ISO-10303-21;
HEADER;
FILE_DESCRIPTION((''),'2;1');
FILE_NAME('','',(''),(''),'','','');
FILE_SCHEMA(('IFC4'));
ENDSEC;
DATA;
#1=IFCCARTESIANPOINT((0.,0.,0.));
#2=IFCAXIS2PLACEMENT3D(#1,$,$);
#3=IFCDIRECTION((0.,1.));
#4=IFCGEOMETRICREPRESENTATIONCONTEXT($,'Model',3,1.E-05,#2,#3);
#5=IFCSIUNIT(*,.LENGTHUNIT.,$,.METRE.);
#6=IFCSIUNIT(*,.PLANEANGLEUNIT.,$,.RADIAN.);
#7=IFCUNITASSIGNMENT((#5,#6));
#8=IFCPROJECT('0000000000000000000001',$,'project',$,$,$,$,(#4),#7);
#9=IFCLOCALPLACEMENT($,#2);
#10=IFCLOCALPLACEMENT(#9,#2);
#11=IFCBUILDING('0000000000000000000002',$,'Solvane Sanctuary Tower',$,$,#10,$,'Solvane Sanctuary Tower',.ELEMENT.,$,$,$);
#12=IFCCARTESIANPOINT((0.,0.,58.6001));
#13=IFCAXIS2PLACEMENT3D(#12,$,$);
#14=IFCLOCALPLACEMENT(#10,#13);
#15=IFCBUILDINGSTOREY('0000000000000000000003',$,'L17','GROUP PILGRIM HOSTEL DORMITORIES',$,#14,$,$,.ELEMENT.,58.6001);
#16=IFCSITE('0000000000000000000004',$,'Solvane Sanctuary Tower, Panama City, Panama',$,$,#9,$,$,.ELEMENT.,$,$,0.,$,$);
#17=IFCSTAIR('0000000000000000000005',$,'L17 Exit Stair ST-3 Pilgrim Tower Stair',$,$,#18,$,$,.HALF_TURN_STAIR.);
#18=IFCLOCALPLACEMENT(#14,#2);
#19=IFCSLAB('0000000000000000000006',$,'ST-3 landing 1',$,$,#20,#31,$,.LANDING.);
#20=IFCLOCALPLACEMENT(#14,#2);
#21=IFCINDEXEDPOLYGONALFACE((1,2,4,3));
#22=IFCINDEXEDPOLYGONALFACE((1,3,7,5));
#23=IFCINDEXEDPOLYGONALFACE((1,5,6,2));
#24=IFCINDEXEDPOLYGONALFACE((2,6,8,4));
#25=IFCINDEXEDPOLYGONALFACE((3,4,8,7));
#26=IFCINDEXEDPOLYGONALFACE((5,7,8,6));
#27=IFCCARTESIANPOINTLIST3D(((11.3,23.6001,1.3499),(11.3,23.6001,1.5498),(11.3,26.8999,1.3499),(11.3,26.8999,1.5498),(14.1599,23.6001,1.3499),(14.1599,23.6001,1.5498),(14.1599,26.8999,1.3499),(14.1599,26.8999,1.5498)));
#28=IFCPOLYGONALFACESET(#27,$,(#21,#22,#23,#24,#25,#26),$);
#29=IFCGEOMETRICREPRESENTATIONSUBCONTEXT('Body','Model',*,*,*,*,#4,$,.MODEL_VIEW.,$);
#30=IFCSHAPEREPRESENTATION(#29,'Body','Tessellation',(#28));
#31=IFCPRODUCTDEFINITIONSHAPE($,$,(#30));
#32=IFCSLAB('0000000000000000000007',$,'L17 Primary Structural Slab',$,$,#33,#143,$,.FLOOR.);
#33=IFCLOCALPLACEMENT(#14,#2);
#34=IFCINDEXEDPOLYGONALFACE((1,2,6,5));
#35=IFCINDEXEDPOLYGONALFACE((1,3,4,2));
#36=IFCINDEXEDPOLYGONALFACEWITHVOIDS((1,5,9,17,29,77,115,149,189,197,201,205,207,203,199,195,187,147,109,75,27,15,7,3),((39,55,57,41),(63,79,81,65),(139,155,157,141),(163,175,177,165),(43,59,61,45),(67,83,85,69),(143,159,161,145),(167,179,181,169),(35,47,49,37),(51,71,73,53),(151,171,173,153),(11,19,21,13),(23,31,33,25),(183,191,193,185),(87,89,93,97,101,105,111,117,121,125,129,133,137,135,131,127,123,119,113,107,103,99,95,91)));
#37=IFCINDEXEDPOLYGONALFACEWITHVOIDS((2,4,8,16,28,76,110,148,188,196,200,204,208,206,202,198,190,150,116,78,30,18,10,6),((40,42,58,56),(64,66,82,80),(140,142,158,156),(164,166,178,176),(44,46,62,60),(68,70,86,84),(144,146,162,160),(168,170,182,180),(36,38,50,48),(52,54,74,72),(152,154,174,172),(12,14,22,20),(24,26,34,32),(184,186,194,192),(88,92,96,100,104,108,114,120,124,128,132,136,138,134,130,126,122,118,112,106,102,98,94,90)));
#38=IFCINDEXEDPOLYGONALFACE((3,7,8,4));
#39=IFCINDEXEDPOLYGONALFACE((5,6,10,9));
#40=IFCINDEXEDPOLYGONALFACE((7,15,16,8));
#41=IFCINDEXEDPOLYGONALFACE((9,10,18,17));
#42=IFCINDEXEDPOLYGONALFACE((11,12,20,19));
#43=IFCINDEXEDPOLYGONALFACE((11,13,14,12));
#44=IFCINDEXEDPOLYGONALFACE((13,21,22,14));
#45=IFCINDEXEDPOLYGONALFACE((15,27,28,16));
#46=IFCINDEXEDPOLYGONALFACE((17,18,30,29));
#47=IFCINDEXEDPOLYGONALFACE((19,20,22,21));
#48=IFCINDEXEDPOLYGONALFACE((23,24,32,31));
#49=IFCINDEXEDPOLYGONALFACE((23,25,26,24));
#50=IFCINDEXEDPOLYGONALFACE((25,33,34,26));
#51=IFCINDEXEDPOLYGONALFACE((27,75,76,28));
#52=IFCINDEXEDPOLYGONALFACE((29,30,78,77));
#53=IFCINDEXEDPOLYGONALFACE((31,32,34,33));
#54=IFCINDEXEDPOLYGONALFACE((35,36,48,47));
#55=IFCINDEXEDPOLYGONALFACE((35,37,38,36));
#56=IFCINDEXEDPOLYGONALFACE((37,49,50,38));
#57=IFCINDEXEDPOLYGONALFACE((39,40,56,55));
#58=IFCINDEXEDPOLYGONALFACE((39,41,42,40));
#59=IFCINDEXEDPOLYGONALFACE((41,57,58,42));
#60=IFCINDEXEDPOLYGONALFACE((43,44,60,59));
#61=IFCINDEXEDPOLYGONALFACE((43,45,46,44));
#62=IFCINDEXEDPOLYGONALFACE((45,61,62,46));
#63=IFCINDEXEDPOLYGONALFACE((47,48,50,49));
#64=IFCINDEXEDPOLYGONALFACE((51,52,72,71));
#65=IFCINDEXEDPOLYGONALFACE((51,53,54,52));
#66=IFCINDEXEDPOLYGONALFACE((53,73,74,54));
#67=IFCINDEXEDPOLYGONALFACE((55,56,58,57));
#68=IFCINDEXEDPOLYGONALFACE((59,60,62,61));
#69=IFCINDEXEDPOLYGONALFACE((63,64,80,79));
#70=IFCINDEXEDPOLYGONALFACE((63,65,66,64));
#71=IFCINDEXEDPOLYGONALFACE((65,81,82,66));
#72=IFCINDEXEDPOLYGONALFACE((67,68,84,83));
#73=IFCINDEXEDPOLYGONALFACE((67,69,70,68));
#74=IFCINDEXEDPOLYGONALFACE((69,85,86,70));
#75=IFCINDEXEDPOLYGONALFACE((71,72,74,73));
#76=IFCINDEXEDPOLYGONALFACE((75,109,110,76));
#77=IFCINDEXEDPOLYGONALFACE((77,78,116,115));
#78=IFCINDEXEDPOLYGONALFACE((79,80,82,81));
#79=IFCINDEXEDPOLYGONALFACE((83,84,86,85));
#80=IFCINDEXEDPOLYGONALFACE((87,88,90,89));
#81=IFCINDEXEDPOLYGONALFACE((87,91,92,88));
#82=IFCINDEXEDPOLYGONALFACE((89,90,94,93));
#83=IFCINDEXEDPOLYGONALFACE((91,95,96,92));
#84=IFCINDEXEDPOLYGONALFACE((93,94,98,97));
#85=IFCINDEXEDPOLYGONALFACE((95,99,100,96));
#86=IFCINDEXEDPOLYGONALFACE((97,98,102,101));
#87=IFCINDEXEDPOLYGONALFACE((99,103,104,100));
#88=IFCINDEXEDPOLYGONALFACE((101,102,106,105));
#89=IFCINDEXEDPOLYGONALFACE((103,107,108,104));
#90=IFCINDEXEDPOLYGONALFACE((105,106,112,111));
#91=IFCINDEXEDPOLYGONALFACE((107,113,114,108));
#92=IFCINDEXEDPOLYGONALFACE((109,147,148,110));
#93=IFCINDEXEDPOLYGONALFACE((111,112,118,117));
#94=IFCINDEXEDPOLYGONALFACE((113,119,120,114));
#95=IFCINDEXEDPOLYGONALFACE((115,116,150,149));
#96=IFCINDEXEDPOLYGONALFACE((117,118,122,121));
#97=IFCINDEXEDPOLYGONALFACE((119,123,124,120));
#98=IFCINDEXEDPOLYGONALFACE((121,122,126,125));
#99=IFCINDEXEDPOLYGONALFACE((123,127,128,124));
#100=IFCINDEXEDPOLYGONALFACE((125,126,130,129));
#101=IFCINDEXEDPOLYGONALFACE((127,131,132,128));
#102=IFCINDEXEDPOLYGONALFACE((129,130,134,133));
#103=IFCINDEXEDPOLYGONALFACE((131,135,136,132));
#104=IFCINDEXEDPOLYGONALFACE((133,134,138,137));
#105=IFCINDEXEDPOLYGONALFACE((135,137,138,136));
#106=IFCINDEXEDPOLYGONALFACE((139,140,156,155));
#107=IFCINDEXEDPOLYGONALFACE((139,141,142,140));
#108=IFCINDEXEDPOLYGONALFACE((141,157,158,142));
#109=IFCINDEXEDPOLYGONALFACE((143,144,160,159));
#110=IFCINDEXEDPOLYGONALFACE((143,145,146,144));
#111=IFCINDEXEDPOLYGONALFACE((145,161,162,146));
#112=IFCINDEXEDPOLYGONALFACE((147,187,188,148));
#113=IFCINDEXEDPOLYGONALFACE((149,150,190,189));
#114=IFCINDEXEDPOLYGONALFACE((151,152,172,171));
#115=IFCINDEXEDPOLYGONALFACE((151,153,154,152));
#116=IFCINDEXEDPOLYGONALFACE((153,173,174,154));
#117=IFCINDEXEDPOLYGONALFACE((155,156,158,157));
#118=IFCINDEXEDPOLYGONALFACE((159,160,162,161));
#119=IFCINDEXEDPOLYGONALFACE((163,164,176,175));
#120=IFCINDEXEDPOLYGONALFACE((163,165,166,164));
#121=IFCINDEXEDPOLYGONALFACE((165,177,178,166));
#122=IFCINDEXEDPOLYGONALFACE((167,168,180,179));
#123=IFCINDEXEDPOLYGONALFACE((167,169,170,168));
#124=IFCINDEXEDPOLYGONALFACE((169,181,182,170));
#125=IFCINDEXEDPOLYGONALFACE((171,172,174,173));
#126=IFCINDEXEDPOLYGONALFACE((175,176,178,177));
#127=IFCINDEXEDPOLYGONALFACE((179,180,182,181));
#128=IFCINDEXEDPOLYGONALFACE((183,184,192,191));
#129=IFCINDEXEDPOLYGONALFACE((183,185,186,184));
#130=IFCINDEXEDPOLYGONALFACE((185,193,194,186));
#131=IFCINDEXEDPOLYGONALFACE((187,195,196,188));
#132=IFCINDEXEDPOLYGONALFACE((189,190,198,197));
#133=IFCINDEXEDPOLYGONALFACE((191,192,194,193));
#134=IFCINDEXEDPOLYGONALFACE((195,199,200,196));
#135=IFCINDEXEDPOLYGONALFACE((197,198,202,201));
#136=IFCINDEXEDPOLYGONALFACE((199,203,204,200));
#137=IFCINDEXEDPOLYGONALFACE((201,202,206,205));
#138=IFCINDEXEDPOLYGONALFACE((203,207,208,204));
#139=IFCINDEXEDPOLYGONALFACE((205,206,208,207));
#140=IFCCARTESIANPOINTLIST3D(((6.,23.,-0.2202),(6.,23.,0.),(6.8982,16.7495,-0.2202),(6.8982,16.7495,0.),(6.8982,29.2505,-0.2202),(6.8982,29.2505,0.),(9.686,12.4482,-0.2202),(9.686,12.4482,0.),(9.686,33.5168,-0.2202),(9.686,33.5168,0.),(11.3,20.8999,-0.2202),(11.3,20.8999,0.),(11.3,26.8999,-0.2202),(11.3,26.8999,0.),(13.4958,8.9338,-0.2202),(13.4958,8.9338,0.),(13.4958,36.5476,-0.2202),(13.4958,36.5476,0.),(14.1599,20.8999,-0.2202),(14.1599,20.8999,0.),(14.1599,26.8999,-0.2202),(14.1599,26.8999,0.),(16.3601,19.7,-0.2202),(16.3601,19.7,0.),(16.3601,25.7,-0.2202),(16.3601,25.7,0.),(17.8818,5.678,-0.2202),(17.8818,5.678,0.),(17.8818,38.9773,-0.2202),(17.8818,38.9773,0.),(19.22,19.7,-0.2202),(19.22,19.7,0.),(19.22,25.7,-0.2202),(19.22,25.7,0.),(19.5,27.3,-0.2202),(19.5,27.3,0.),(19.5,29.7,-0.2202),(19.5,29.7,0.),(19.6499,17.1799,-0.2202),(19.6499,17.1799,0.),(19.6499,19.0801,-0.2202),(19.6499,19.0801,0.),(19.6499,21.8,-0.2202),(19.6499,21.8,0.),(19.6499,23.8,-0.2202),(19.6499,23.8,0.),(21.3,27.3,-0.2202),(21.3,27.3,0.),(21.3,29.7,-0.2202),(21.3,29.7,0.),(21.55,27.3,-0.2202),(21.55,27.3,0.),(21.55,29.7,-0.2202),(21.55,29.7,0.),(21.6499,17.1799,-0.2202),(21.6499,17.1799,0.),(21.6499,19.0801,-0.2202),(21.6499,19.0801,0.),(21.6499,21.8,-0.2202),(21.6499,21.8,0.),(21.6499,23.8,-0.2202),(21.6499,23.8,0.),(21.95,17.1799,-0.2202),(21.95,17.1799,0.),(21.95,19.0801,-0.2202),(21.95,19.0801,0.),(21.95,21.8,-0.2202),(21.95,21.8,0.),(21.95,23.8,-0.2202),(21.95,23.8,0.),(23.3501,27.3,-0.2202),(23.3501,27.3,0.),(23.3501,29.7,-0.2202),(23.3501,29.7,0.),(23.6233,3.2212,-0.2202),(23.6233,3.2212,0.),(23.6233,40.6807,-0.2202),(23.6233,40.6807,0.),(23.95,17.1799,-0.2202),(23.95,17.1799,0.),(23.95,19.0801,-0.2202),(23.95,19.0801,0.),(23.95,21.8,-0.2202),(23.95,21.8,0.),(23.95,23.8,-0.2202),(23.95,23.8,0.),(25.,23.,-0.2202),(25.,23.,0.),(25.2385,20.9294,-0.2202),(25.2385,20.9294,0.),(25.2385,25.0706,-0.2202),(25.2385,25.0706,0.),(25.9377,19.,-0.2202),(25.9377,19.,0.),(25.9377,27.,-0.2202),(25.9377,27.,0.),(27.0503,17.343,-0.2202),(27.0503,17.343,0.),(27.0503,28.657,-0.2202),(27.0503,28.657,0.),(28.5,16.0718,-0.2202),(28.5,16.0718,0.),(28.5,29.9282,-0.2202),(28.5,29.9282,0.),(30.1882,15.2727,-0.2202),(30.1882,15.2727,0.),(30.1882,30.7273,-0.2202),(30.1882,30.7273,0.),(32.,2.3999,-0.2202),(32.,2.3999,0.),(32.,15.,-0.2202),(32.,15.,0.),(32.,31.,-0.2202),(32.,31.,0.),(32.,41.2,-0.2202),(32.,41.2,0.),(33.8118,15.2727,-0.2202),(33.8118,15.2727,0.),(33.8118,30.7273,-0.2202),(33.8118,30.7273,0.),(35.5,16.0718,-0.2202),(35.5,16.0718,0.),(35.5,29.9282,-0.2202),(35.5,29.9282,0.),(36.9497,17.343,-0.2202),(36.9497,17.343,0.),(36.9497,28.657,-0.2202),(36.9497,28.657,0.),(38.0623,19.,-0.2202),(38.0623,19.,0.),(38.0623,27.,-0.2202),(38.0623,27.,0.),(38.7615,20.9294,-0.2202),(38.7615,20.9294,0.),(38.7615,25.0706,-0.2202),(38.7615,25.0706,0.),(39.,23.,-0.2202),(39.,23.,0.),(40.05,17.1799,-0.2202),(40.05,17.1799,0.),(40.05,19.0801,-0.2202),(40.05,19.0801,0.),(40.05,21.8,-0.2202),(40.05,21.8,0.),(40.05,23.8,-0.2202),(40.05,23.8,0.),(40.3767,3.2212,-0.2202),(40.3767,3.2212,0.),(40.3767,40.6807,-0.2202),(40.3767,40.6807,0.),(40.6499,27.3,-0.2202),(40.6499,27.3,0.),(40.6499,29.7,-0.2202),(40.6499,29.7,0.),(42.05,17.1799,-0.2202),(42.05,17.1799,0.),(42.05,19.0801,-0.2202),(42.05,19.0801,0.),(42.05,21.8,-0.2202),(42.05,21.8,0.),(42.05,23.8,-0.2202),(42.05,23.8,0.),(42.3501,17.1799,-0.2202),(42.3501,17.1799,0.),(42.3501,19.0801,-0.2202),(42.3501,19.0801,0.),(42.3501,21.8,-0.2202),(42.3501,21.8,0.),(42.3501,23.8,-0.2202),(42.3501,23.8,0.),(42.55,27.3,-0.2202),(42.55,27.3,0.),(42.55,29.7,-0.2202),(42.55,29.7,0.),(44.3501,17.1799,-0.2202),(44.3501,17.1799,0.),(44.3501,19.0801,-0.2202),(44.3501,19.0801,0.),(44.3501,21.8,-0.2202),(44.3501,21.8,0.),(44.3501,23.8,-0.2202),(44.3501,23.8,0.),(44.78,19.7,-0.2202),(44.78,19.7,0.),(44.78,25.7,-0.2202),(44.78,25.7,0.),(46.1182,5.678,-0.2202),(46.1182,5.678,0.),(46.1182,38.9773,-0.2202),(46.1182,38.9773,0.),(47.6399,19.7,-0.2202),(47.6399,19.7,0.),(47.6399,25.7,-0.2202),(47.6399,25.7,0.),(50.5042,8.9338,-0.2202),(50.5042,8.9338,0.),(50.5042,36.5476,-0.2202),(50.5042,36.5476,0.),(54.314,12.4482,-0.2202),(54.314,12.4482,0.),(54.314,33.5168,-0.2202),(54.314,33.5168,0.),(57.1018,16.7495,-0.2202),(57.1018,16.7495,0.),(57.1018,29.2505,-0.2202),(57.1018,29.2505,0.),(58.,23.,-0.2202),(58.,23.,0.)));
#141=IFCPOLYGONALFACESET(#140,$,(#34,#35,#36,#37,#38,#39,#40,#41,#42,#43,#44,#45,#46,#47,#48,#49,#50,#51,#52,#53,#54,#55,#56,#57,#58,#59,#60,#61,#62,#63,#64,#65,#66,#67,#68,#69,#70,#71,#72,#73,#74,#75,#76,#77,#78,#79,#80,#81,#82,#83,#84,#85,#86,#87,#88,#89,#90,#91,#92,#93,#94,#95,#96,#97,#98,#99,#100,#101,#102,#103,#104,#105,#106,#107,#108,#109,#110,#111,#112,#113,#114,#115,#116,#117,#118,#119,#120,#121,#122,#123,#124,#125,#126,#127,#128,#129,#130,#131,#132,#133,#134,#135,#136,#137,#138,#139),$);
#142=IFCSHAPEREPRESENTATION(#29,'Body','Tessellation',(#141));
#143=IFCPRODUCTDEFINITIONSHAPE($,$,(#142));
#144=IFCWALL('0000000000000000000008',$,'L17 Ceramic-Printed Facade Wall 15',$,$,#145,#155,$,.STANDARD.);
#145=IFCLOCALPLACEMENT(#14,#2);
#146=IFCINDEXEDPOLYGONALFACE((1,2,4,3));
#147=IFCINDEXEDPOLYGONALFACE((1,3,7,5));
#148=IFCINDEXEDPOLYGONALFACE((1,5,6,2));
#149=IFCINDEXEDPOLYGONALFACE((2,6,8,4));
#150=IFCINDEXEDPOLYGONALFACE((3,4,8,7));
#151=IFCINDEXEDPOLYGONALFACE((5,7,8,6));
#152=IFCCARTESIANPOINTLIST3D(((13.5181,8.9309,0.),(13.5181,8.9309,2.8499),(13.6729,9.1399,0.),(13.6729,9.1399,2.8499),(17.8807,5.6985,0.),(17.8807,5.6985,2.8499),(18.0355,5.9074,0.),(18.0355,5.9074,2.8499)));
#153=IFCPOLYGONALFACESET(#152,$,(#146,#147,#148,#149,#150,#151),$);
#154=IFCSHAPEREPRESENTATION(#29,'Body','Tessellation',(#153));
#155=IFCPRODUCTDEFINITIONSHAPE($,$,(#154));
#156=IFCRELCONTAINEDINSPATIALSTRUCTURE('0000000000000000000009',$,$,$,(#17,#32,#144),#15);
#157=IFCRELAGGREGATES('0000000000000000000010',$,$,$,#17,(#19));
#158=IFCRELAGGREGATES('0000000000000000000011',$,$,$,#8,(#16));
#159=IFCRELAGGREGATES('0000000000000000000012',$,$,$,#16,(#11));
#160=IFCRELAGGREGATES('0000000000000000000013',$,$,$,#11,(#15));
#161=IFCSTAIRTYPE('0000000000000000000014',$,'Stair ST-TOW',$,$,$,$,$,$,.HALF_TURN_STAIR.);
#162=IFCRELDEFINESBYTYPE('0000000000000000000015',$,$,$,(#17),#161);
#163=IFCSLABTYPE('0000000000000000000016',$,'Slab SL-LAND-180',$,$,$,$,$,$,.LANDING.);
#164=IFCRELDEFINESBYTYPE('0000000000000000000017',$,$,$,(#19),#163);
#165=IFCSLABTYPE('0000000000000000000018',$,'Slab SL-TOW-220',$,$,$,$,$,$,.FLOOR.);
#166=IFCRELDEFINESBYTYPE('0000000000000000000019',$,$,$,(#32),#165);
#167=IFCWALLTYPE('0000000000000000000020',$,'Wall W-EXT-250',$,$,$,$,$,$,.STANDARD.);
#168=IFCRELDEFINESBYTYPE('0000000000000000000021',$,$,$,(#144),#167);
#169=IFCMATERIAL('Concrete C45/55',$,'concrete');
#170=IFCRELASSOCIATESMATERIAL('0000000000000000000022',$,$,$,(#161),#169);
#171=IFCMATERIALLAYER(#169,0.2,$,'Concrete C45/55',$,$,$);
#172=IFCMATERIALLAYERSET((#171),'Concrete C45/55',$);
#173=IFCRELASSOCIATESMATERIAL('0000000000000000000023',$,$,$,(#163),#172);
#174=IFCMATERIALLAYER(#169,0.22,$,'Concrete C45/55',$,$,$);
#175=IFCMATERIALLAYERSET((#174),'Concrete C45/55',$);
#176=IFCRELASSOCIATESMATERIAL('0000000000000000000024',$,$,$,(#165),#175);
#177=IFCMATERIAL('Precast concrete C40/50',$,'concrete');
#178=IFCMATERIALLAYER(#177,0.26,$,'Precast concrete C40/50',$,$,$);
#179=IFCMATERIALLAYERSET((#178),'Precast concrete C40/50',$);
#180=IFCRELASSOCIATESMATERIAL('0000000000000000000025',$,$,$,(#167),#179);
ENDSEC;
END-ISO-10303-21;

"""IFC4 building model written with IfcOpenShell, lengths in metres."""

from ifc_helpers import new_model, si_unit, direction, frame, frame_2d, origin, place, context, subcontext, project, spatial, polyline, rectangle, outline, extrude, material, layer, layer_set, type_object, element, aggregate, save


model = new_model("IFC4")

# Units and contexts
model_context = context("Model", 3, precision=1e-05, world=origin(), true_north=direction((0.0, 1.0)))
body_context = subcontext(model_context, "Body", "Model", "MODEL_VIEW")
ifc_project = project(units=[si_unit("LENGTHUNIT", "METRE"), si_unit("PLANEANGLEUNIT", "RADIAN")], contexts=[model_context])

# Site, building, storey
site_placement = place(None, origin())
site = spatial("IfcSite", under=ifc_project, at=site_placement, Name="Solvane Sanctuary Tower, Panama City, Panama", CompositionType="ELEMENT", RefElevation=0.0)
building_placement = place(site_placement, origin())
building = spatial("IfcBuilding", under=site, at=building_placement, Name="Solvane Sanctuary Tower", LongName="Solvane Sanctuary Tower", CompositionType="ELEMENT")
storey_placement = place(building_placement, frame((0.0, 0.0, 58.6001)))
storey = spatial("IfcBuildingStorey", under=building, at=storey_placement, Name="L17", Description="GROUP PILGRIM HOSTEL DORMITORIES", CompositionType="ELEMENT", Elevation=58.6001)

# Shared definitions
ifc_material_1 = material(Name="Precast concrete C40/50", Category="concrete")

# Stair, slab
ifc_material_2 = material(Name="Concrete C45/55", Category="concrete")
stair_type = type_object("IfcStairType", Name="Stair ST-TOW", PredefinedType="HALF_TURN_STAIR", material=ifc_material_2)
ifc_layer_1 = layer(ifc_material_2, 0.2, Name="Concrete C45/55")
ifc_layer_set_1 = layer_set([ifc_layer_1], Name="Concrete C45/55")
slab_type_1 = type_object("IfcSlabType", Name="Slab SL-LAND-180", PredefinedType="LANDING", material=ifc_layer_set_1)
stair_1_placement = place(storey_placement, origin())
stair_1 = element("IfcStair", 1, at=stair_1_placement, inside=storey, type_object=stair_type, Name="L17 Exit Stair ST-3 Pilgrim Tower Stair", PredefinedType="HALF_TURN_STAIR")
slab_1_placement = place(storey_placement, frame((0.0, 0.0, 1.3499)))
slab_1 = element("IfcSlab", 2, at=slab_1_placement, type_object=slab_type_1, Name="ST-3 landing 1", PredefinedType="LANDING", context=body_context, shape_type="SweptSolid", body=[
    extrude(outline(polyline([(14.1599, 23.6001), (14.1599, 26.8999), (11.3, 26.8999), (11.3, 23.6001), (14.1599, 23.6001)])), origin(), (0.0, 0.0, 1.0), 0.2),
])
aggregate(stair_1, [slab_1])

# Slab
ifc_layer_2 = layer(ifc_material_2, 0.22, Name="Concrete C45/55")
ifc_layer_set_2 = layer_set([ifc_layer_2], Name="Concrete C45/55")
slab_type_2 = type_object("IfcSlabType", Name="Slab SL-TOW-220", PredefinedType="FLOOR", material=ifc_layer_set_2)
slab_2_placement = place(storey_placement, frame((0.0, 0.0, -0.2202)))
element("IfcSlab", 3, at=slab_2_placement, inside=storey, type_object=slab_type_2, Name="L17 Primary Structural Slab", PredefinedType="FLOOR", context=body_context, shape_type="SweptSolid", body=[
    extrude(outline(polyline([(58.0, 23.0), (57.1018, 29.2505), (54.314, 33.5168), (50.5042, 36.5476), (46.1182, 38.9773), (40.3767, 40.6807), (32.0, 41.2), (23.6233, 40.6807), (17.8818, 38.9773), (13.4958, 36.5476), (9.686, 33.5168), (6.8982, 29.2505), (6.0, 23.0), (6.8982, 16.7495), (9.686, 12.4482), (13.4958, 8.9338), (17.8818, 5.678), (23.6233, 3.2212), (32.0, 2.3999), (40.3767, 3.2212), (46.1182, 5.678), (50.5042, 8.9338), (54.314, 12.4482), (57.1018, 16.7495), (58.0, 23.0)]), holes=[polyline([(38.7615, 20.9294), (38.0623, 19.0), (36.9497, 17.343), (35.5, 16.0718), (33.8118, 15.2727), (32.0, 15.0), (30.1882, 15.2727), (28.5, 16.0718), (27.0503, 17.343), (25.9377, 19.0), (25.2385, 20.9294), (25.0, 23.0), (25.2385, 25.0706), (25.9377, 27.0), (27.0503, 28.657), (28.5, 29.9282), (30.1882, 30.7273), (32.0, 31.0), (33.8118, 30.7273), (35.5, 29.9282), (36.9497, 28.657), (38.0623, 27.0), (38.7615, 25.0706), (39.0, 23.0), (38.7615, 20.9294)]), polyline([(16.3601, 19.7), (16.3601, 25.7), (19.22, 25.7), (19.22, 19.7), (16.3601, 19.7)]), polyline([(44.78, 19.7), (44.78, 25.7), (47.6399, 25.7), (47.6399, 19.7), (44.78, 19.7)]), polyline([(11.3, 20.8999), (11.3, 26.8999), (14.1599, 26.8999), (14.1599, 20.8999), (11.3, 20.8999)]), polyline([(19.6499, 19.0801), (21.6499, 19.0801), (21.6499, 17.1799), (19.6499, 17.1799), (19.6499, 19.0801)]), polyline([(21.95, 19.0801), (23.95, 19.0801), (23.95, 17.1799), (21.95, 17.1799), (21.95, 19.0801)]), polyline([(40.05, 19.0801), (42.05, 19.0801), (42.05, 17.1799), (40.05, 17.1799), (40.05, 19.0801)]), polyline([(42.3501, 19.0801), (44.3501, 19.0801), (44.3501, 17.1799), (42.3501, 17.1799), (42.3501, 19.0801)]), polyline([(19.6499, 23.8), (21.6499, 23.8), (21.6499, 21.8), (19.6499, 21.8), (19.6499, 23.8)]), polyline([(42.3501, 23.8), (44.3501, 23.8), (44.3501, 21.8), (42.3501, 21.8), (42.3501, 23.8)]), polyline([(21.95, 23.8), (23.95, 23.8), (23.95, 21.8), (21.95, 21.8), (21.95, 23.8)]), polyline([(40.05, 23.8), (42.05, 23.8), (42.05, 21.8), (40.05, 21.8), (40.05, 23.8)]), polyline([(19.5, 29.7), (21.3, 29.7), (21.3, 27.3), (19.5, 27.3), (19.5, 29.7)]), polyline([(21.55, 29.7), (23.3501, 29.7), (23.3501, 27.3), (21.55, 27.3), (21.55, 29.7)]), polyline([(40.6499, 29.7), (42.55, 29.7), (42.55, 27.3), (40.6499, 27.3), (40.6499, 29.7)])]), origin(), (0.0, 0.0, 1.0), 0.2202),
])

# Wall
ifc_layer_3 = layer(ifc_material_1, 0.26, Name="Precast concrete C40/50")
ifc_layer_set_3 = layer_set([ifc_layer_3], Name="Precast concrete C40/50")
wall_type = type_object("IfcWallType", Name="Wall W-EXT-250", PredefinedType="STANDARD", material=ifc_layer_set_3)
wall_1_placement = place(storey_placement, frame((13.5955, 9.0354, 0.0), z_axis=(0.0, 0.0, 1.0), x_axis=(0.803478, -0.595335, 0.0)))
element("IfcWall", 4, at=wall_1_placement, inside=storey, type_object=wall_type, Name="L17 Ceramic-Printed Facade Wall 15", PredefinedType="STANDARD", context=body_context, shape_type="SweptSolid", body=[
    extrude(rectangle(XDim=5.4297, YDim=0.26, at=frame_2d((2.7148, 0.0))), origin(), (0.0, 0.0, 1.0), 2.8499),
])

save(model, "model.ifc")
